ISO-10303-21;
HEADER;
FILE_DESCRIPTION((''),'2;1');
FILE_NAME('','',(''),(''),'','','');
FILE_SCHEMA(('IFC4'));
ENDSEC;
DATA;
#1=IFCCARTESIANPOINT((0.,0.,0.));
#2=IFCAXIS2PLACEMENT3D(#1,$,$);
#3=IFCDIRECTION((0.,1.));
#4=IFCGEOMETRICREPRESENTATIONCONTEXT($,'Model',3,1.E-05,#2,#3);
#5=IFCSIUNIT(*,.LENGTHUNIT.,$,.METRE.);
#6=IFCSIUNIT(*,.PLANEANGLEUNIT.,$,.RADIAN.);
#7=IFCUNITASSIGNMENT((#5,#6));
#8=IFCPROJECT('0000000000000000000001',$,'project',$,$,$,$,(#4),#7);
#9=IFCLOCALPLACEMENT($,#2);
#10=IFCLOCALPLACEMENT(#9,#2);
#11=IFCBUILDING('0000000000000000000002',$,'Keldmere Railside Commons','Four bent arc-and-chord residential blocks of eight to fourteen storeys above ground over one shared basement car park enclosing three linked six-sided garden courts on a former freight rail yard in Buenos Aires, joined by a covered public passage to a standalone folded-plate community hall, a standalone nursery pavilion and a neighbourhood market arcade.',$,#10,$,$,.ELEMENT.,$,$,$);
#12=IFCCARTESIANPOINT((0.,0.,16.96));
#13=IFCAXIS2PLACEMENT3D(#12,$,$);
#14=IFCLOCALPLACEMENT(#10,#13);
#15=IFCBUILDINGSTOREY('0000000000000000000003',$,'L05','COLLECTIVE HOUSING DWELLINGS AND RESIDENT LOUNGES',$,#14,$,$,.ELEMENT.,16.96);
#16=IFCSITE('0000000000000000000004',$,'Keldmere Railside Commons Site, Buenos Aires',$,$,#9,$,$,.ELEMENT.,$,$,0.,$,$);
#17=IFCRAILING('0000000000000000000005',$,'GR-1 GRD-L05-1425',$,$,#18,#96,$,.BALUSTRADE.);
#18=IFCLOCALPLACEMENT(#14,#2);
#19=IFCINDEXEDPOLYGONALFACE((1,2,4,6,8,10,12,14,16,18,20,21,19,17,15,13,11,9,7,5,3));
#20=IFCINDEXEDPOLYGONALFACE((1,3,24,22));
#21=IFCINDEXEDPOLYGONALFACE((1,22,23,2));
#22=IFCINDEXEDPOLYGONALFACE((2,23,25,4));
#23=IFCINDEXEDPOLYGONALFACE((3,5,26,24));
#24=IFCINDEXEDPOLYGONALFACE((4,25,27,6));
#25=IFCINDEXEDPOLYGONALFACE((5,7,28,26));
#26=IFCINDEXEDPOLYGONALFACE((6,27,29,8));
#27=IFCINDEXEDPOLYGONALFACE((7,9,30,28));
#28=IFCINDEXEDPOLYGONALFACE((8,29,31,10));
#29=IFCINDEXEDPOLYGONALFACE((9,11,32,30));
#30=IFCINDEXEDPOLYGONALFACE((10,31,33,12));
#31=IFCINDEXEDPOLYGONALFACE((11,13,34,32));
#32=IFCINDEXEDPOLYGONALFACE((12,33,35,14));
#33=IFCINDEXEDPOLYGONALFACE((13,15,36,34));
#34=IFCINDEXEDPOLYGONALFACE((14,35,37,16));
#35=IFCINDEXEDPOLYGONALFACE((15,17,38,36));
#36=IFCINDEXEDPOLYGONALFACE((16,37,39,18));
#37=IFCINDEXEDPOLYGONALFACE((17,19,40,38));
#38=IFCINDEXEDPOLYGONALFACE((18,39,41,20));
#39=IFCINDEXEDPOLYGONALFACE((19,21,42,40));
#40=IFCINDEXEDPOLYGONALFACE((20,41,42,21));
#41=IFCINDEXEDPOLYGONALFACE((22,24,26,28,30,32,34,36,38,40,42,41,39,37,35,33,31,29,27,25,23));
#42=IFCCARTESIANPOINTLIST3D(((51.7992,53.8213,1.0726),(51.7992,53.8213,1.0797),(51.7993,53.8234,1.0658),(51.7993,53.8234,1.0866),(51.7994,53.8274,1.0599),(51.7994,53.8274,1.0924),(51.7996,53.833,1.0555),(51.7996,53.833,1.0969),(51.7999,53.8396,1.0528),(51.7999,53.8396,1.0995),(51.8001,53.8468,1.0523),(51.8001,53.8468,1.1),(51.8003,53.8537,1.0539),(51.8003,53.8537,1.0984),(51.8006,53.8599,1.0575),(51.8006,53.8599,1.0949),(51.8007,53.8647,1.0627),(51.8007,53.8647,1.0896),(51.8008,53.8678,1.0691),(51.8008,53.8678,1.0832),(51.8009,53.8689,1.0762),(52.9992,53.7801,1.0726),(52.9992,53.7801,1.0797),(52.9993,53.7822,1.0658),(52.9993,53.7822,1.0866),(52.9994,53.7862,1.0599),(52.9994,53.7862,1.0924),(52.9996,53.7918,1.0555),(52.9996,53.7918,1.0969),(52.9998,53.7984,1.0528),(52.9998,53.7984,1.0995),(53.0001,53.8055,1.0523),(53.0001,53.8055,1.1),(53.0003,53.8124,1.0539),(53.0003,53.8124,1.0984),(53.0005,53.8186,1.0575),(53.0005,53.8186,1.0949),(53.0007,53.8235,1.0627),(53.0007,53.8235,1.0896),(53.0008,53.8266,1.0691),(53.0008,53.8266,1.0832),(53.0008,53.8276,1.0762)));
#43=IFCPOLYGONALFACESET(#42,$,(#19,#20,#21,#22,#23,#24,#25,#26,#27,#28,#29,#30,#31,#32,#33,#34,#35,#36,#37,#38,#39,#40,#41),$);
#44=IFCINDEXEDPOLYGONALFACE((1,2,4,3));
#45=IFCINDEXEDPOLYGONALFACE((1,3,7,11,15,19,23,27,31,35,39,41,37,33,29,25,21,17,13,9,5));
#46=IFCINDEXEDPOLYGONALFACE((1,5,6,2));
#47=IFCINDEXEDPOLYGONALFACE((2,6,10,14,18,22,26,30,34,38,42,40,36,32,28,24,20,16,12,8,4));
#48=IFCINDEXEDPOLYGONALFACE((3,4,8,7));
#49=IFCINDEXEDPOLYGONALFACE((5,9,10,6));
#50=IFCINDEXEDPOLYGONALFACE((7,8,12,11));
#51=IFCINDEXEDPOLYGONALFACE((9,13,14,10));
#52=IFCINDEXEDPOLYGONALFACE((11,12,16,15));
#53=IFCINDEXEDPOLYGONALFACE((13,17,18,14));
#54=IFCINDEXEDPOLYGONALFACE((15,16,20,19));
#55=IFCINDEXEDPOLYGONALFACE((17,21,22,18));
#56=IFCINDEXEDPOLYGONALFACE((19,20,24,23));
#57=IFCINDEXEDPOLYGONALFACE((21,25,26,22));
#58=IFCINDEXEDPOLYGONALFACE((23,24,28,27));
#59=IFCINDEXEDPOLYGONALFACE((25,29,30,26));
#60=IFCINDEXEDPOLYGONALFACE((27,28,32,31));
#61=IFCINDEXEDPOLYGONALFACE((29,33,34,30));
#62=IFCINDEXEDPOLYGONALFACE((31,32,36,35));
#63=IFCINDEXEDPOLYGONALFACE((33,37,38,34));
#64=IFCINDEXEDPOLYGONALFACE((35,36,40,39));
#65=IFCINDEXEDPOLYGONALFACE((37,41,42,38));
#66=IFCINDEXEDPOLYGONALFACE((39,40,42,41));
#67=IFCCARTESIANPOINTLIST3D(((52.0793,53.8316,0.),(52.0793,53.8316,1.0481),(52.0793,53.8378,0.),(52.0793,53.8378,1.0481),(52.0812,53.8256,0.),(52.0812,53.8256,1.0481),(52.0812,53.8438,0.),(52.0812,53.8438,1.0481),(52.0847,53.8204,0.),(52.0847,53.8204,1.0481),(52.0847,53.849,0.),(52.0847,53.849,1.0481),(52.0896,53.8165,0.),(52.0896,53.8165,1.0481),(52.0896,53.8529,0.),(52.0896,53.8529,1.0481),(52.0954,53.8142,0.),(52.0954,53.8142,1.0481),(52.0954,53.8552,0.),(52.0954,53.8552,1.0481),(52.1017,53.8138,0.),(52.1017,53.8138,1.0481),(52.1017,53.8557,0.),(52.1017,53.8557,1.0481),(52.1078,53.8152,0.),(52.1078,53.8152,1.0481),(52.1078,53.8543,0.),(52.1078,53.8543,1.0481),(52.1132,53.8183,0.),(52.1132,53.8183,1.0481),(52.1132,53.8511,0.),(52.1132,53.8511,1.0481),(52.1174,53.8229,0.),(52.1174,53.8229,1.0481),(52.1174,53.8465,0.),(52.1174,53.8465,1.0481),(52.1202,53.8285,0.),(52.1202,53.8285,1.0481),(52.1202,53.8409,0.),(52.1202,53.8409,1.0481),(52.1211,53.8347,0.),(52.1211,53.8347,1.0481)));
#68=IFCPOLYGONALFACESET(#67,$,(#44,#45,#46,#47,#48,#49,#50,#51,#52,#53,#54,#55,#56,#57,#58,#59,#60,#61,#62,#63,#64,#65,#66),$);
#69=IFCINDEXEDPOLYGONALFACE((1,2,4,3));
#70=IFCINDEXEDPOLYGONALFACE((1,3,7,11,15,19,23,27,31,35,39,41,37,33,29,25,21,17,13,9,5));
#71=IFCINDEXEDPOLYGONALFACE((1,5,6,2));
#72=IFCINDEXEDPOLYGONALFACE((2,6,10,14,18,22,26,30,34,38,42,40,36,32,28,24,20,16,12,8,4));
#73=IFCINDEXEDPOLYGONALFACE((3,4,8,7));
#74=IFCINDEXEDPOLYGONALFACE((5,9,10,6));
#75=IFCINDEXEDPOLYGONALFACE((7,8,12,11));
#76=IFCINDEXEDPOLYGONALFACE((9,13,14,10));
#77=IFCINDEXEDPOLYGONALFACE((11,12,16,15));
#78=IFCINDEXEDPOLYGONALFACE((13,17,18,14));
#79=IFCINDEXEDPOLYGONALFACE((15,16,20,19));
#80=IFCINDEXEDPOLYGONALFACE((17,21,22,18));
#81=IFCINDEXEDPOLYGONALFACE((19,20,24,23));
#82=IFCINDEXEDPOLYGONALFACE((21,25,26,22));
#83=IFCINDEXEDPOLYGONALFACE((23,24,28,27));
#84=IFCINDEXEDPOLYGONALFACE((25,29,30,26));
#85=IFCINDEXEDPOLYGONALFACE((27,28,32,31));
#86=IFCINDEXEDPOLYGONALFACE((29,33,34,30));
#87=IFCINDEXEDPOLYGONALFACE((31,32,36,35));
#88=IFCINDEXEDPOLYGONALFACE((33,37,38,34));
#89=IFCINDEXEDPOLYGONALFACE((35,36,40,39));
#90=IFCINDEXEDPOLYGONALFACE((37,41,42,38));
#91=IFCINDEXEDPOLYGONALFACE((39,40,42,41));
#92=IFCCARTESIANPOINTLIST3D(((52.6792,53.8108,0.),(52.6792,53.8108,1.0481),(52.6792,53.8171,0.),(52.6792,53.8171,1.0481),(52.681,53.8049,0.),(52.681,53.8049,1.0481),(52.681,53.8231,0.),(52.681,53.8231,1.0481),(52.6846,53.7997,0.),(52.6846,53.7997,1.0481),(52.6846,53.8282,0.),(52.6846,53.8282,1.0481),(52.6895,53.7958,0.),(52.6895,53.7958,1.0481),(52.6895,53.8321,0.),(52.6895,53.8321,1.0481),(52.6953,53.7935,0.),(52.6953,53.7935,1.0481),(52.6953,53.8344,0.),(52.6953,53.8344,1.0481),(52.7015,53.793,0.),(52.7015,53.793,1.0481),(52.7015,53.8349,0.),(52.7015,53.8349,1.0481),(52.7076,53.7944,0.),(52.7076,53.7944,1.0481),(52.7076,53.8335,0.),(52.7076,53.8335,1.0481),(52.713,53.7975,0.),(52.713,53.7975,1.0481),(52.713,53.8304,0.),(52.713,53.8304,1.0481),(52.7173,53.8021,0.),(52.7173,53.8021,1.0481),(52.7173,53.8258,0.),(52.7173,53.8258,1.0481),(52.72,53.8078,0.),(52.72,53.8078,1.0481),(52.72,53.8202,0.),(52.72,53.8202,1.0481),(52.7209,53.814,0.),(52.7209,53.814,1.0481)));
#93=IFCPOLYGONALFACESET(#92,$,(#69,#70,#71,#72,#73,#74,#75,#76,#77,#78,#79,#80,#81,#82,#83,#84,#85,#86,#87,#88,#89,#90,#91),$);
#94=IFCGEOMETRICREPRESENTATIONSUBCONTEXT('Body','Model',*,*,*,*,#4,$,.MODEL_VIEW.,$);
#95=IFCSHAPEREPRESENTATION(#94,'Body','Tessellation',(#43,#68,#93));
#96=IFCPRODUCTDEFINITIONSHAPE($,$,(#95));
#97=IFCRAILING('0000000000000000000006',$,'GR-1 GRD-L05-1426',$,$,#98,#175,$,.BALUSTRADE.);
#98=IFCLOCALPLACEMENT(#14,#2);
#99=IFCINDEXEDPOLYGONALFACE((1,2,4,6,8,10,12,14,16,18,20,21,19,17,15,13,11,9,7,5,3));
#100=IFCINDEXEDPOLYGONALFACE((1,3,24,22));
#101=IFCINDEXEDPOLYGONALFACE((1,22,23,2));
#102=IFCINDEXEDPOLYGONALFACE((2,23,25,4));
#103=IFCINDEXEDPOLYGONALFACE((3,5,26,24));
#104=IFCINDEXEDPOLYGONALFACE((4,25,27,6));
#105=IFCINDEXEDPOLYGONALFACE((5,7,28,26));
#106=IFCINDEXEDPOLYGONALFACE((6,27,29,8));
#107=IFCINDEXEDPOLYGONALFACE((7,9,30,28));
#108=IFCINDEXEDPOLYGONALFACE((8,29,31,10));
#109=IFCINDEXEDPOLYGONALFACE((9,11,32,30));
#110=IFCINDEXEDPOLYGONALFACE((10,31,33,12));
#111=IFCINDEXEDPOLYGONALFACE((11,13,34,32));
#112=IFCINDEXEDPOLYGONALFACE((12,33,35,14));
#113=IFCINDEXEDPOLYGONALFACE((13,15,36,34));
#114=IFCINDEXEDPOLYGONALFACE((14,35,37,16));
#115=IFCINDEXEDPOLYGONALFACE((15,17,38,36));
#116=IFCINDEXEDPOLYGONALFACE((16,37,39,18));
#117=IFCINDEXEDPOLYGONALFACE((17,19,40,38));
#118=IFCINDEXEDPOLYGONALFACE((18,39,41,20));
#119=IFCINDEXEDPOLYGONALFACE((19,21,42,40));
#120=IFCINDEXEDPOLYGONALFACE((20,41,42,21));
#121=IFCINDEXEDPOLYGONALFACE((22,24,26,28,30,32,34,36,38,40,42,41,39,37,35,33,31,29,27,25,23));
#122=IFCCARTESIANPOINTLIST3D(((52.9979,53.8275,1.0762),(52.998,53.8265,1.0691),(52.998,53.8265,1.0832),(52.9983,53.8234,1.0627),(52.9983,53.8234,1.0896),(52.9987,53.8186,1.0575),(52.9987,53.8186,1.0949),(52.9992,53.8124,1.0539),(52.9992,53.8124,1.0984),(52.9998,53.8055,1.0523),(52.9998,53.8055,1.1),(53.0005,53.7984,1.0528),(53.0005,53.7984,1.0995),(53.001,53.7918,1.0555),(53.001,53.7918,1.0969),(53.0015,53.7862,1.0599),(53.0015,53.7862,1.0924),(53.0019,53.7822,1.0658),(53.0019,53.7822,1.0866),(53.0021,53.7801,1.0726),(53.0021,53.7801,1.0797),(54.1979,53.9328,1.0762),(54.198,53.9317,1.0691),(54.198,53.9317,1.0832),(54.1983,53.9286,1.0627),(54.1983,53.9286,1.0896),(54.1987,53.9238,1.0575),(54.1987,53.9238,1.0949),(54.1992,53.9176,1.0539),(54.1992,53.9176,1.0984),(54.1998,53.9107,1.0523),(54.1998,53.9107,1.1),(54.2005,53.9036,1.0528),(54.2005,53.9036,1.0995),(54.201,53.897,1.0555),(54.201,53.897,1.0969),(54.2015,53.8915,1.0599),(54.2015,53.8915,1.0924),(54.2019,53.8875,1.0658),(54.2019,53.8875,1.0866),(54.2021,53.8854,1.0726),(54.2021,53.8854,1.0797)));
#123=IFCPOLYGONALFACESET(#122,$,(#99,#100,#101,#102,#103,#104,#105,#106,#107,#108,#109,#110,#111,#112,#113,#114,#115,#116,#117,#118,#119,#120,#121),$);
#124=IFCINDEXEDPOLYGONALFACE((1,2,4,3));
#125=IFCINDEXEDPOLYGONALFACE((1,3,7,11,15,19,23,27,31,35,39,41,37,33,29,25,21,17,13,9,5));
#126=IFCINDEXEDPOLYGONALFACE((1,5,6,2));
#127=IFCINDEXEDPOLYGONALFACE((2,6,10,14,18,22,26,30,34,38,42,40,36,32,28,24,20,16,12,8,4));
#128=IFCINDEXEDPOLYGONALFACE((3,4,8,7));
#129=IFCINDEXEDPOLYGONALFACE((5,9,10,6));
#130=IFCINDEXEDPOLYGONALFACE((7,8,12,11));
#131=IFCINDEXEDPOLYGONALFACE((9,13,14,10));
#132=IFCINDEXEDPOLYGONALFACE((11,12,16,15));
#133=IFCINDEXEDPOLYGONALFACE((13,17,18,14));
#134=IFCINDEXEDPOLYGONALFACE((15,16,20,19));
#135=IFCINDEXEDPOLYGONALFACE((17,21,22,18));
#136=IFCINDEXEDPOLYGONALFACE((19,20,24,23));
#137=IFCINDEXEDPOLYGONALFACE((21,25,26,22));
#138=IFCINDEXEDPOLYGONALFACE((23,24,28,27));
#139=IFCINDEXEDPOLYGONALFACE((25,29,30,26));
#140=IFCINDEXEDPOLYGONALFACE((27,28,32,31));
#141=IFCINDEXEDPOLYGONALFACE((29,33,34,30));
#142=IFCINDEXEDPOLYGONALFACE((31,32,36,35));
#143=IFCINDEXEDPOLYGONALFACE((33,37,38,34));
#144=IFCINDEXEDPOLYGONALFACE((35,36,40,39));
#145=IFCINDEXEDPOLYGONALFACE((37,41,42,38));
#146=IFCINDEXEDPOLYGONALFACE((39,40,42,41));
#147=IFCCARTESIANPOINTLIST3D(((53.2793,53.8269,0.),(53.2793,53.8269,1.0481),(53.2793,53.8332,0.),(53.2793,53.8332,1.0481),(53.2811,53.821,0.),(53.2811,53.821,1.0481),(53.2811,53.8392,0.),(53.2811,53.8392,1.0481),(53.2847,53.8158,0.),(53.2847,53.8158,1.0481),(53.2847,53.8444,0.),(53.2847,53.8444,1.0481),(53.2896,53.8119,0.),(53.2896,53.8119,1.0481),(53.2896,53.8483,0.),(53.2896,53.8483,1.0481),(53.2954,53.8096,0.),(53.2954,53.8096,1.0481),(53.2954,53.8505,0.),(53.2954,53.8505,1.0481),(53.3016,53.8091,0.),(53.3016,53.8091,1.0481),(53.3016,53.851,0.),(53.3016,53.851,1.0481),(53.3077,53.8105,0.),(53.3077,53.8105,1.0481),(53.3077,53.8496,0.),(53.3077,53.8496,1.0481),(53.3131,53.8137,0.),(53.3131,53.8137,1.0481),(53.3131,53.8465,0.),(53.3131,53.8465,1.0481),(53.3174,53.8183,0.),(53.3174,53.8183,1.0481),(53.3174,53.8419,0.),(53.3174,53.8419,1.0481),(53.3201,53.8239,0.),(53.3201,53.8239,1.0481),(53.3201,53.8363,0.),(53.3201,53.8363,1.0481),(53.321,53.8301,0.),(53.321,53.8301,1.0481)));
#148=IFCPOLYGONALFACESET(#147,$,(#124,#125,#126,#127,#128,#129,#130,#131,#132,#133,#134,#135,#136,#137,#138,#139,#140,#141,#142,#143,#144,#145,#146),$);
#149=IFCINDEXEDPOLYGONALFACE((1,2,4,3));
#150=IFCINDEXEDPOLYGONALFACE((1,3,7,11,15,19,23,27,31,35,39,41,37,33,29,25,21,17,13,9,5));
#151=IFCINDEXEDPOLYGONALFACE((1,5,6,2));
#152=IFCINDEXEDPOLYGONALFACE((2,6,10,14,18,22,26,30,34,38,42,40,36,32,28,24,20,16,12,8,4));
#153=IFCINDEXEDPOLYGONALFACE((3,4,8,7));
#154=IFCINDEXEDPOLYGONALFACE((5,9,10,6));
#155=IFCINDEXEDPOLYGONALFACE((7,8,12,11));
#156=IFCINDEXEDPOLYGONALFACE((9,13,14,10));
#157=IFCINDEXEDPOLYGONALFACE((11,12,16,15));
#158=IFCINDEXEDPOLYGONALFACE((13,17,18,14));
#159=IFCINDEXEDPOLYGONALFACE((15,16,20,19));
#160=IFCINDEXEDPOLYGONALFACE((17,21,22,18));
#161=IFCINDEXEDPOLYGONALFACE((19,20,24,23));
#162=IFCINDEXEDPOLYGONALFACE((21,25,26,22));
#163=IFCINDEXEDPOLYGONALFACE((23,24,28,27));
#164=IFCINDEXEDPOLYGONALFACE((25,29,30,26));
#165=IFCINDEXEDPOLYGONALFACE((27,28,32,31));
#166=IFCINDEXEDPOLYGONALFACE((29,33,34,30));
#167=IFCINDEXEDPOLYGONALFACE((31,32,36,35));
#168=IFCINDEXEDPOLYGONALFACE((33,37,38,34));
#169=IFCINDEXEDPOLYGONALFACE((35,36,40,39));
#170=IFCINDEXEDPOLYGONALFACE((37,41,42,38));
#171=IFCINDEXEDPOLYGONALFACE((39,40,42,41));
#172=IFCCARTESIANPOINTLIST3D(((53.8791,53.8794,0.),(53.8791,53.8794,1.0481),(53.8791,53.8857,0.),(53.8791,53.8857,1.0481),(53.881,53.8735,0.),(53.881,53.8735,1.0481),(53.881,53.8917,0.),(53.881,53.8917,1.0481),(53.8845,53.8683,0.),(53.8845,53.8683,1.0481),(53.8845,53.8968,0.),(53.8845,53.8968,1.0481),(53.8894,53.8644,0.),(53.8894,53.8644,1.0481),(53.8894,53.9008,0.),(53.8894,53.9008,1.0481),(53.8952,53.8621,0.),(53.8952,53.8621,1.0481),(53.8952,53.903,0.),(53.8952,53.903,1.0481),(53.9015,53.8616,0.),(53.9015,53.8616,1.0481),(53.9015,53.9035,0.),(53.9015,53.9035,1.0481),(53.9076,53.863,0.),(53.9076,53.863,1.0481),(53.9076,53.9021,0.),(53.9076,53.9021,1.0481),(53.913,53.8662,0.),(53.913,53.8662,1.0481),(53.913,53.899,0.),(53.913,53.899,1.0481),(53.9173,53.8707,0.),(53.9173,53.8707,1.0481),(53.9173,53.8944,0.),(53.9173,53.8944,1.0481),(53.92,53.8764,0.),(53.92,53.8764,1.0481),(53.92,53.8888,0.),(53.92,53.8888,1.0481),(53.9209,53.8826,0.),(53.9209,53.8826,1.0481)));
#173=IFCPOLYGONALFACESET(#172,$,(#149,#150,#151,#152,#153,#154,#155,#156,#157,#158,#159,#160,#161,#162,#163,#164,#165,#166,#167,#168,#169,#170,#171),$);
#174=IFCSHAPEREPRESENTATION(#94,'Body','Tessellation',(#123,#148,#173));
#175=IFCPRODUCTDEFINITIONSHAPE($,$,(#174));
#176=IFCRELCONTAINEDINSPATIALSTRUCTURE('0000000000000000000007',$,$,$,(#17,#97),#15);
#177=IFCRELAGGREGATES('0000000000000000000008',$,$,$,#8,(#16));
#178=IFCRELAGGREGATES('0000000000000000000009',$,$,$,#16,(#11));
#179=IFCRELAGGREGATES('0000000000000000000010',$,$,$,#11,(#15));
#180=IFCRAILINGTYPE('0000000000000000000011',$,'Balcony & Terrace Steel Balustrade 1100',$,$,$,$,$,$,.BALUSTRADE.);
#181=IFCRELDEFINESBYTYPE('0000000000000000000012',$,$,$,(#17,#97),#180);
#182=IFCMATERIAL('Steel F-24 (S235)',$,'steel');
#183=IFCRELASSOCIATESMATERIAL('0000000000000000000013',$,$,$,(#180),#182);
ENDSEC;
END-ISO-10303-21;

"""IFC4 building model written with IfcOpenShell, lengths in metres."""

from ifc_helpers import new_model, si_unit, direction, frame, origin, origin_2d, place, context, subcontext, project, spatial, circle, extrude, material, type_object, element, save


model = new_model("IFC4")

# Units and contexts
model_context = context("Model", 3, precision=1e-05, world=origin(), true_north=direction((0.0, 1.0)))
body_context = subcontext(model_context, "Body", "Model", "MODEL_VIEW")
ifc_project = project(units=[si_unit("LENGTHUNIT", "METRE"), si_unit("PLANEANGLEUNIT", "RADIAN")], contexts=[model_context])

# Site, building, storey
site_placement = place(None, origin())
site = spatial("IfcSite", under=ifc_project, at=site_placement, Name="Keldmere Railside Commons Site, Buenos Aires", CompositionType="ELEMENT", RefElevation=0.0)
building_placement = place(site_placement, origin())
building = spatial("IfcBuilding", under=site, at=building_placement, Name="Keldmere Railside Commons", Description="Four bent arc-and-chord residential blocks of eight to fourteen storeys above ground over one shared basement car park enclosing three linked six-sided garden courts on a former freight rail yard in Buenos Aires, joined by a covered public passage to a standalone folded-plate community hall, a standalone nursery pavilion and a neighbourhood market arcade.", CompositionType="ELEMENT")
storey_placement = place(building_placement, frame((0.0, 0.0, 16.96)))
storey = spatial("IfcBuildingStorey", under=building, at=storey_placement, Name="L05", Description="COLLECTIVE HOUSING DWELLINGS AND RESIDENT LOUNGES", CompositionType="ELEMENT", Elevation=16.96)

# Shared definitions
ifc_material_1 = material(Name="Steel F-24 (S235)", Category="steel")

# Railings
railing_type = type_object("IfcRailingType", Name="Balcony & Terrace Steel Balustrade 1100", PredefinedType="BALUSTRADE", material=ifc_material_1)
railing_1_placement = place(storey_placement, frame((51.8, 53.845, 0.0)))
element("IfcRailing", 1, at=railing_1_placement, inside=storey, type_object=railing_type, Name="GR-1 GRD-L05-1425", PredefinedType="BALUSTRADE", context=body_context, shape_type="SweptSolid", body=[
    extrude(circle(Radius=0.0239, at=origin_2d()), frame((0.0, 0.0, 1.0762), z_axis=(0.999409, -0.034364, 0.0), x_axis=(0.034364, 0.999409, 0.0)), (0.0, 0.0, 1.0), 1.2007),
    extrude(circle(Radius=0.021, at=origin_2d()), frame((0.3, -0.0103, 0.0)), (0.0, 0.0, 1.0), 1.0481),
    extrude(circle(Radius=0.021, at=origin_2d()), frame((0.8999, -0.031, 0.0)), (0.0, 0.0, 1.0), 1.0481),
])
railing_2_placement = place(storey_placement, frame((53.0, 53.8037, 0.0)))
element("IfcRailing", 2, at=railing_2_placement, inside=storey, type_object=railing_type, Name="GR-1 GRD-L05-1426", PredefinedType="BALUSTRADE", context=body_context, shape_type="SweptSolid", body=[
    extrude(circle(Radius=0.0239, at=origin_2d()), frame((0.0, 0.0, 1.0762), z_axis=(0.996177, 0.087356, 0.0), x_axis=(-0.087356, 0.996177, 0.0)), (0.0, 0.0, 1.0), 1.2046),
    extrude(circle(Radius=0.021, at=origin_2d()), frame((0.3, 0.0264, 0.0)), (0.0, 0.0, 1.0), 1.0481),
    extrude(circle(Radius=0.021, at=origin_2d()), frame((0.8999, 0.0789, 0.0)), (0.0, 0.0, 1.0), 1.0481),
])

save(model, "model.ifc")
